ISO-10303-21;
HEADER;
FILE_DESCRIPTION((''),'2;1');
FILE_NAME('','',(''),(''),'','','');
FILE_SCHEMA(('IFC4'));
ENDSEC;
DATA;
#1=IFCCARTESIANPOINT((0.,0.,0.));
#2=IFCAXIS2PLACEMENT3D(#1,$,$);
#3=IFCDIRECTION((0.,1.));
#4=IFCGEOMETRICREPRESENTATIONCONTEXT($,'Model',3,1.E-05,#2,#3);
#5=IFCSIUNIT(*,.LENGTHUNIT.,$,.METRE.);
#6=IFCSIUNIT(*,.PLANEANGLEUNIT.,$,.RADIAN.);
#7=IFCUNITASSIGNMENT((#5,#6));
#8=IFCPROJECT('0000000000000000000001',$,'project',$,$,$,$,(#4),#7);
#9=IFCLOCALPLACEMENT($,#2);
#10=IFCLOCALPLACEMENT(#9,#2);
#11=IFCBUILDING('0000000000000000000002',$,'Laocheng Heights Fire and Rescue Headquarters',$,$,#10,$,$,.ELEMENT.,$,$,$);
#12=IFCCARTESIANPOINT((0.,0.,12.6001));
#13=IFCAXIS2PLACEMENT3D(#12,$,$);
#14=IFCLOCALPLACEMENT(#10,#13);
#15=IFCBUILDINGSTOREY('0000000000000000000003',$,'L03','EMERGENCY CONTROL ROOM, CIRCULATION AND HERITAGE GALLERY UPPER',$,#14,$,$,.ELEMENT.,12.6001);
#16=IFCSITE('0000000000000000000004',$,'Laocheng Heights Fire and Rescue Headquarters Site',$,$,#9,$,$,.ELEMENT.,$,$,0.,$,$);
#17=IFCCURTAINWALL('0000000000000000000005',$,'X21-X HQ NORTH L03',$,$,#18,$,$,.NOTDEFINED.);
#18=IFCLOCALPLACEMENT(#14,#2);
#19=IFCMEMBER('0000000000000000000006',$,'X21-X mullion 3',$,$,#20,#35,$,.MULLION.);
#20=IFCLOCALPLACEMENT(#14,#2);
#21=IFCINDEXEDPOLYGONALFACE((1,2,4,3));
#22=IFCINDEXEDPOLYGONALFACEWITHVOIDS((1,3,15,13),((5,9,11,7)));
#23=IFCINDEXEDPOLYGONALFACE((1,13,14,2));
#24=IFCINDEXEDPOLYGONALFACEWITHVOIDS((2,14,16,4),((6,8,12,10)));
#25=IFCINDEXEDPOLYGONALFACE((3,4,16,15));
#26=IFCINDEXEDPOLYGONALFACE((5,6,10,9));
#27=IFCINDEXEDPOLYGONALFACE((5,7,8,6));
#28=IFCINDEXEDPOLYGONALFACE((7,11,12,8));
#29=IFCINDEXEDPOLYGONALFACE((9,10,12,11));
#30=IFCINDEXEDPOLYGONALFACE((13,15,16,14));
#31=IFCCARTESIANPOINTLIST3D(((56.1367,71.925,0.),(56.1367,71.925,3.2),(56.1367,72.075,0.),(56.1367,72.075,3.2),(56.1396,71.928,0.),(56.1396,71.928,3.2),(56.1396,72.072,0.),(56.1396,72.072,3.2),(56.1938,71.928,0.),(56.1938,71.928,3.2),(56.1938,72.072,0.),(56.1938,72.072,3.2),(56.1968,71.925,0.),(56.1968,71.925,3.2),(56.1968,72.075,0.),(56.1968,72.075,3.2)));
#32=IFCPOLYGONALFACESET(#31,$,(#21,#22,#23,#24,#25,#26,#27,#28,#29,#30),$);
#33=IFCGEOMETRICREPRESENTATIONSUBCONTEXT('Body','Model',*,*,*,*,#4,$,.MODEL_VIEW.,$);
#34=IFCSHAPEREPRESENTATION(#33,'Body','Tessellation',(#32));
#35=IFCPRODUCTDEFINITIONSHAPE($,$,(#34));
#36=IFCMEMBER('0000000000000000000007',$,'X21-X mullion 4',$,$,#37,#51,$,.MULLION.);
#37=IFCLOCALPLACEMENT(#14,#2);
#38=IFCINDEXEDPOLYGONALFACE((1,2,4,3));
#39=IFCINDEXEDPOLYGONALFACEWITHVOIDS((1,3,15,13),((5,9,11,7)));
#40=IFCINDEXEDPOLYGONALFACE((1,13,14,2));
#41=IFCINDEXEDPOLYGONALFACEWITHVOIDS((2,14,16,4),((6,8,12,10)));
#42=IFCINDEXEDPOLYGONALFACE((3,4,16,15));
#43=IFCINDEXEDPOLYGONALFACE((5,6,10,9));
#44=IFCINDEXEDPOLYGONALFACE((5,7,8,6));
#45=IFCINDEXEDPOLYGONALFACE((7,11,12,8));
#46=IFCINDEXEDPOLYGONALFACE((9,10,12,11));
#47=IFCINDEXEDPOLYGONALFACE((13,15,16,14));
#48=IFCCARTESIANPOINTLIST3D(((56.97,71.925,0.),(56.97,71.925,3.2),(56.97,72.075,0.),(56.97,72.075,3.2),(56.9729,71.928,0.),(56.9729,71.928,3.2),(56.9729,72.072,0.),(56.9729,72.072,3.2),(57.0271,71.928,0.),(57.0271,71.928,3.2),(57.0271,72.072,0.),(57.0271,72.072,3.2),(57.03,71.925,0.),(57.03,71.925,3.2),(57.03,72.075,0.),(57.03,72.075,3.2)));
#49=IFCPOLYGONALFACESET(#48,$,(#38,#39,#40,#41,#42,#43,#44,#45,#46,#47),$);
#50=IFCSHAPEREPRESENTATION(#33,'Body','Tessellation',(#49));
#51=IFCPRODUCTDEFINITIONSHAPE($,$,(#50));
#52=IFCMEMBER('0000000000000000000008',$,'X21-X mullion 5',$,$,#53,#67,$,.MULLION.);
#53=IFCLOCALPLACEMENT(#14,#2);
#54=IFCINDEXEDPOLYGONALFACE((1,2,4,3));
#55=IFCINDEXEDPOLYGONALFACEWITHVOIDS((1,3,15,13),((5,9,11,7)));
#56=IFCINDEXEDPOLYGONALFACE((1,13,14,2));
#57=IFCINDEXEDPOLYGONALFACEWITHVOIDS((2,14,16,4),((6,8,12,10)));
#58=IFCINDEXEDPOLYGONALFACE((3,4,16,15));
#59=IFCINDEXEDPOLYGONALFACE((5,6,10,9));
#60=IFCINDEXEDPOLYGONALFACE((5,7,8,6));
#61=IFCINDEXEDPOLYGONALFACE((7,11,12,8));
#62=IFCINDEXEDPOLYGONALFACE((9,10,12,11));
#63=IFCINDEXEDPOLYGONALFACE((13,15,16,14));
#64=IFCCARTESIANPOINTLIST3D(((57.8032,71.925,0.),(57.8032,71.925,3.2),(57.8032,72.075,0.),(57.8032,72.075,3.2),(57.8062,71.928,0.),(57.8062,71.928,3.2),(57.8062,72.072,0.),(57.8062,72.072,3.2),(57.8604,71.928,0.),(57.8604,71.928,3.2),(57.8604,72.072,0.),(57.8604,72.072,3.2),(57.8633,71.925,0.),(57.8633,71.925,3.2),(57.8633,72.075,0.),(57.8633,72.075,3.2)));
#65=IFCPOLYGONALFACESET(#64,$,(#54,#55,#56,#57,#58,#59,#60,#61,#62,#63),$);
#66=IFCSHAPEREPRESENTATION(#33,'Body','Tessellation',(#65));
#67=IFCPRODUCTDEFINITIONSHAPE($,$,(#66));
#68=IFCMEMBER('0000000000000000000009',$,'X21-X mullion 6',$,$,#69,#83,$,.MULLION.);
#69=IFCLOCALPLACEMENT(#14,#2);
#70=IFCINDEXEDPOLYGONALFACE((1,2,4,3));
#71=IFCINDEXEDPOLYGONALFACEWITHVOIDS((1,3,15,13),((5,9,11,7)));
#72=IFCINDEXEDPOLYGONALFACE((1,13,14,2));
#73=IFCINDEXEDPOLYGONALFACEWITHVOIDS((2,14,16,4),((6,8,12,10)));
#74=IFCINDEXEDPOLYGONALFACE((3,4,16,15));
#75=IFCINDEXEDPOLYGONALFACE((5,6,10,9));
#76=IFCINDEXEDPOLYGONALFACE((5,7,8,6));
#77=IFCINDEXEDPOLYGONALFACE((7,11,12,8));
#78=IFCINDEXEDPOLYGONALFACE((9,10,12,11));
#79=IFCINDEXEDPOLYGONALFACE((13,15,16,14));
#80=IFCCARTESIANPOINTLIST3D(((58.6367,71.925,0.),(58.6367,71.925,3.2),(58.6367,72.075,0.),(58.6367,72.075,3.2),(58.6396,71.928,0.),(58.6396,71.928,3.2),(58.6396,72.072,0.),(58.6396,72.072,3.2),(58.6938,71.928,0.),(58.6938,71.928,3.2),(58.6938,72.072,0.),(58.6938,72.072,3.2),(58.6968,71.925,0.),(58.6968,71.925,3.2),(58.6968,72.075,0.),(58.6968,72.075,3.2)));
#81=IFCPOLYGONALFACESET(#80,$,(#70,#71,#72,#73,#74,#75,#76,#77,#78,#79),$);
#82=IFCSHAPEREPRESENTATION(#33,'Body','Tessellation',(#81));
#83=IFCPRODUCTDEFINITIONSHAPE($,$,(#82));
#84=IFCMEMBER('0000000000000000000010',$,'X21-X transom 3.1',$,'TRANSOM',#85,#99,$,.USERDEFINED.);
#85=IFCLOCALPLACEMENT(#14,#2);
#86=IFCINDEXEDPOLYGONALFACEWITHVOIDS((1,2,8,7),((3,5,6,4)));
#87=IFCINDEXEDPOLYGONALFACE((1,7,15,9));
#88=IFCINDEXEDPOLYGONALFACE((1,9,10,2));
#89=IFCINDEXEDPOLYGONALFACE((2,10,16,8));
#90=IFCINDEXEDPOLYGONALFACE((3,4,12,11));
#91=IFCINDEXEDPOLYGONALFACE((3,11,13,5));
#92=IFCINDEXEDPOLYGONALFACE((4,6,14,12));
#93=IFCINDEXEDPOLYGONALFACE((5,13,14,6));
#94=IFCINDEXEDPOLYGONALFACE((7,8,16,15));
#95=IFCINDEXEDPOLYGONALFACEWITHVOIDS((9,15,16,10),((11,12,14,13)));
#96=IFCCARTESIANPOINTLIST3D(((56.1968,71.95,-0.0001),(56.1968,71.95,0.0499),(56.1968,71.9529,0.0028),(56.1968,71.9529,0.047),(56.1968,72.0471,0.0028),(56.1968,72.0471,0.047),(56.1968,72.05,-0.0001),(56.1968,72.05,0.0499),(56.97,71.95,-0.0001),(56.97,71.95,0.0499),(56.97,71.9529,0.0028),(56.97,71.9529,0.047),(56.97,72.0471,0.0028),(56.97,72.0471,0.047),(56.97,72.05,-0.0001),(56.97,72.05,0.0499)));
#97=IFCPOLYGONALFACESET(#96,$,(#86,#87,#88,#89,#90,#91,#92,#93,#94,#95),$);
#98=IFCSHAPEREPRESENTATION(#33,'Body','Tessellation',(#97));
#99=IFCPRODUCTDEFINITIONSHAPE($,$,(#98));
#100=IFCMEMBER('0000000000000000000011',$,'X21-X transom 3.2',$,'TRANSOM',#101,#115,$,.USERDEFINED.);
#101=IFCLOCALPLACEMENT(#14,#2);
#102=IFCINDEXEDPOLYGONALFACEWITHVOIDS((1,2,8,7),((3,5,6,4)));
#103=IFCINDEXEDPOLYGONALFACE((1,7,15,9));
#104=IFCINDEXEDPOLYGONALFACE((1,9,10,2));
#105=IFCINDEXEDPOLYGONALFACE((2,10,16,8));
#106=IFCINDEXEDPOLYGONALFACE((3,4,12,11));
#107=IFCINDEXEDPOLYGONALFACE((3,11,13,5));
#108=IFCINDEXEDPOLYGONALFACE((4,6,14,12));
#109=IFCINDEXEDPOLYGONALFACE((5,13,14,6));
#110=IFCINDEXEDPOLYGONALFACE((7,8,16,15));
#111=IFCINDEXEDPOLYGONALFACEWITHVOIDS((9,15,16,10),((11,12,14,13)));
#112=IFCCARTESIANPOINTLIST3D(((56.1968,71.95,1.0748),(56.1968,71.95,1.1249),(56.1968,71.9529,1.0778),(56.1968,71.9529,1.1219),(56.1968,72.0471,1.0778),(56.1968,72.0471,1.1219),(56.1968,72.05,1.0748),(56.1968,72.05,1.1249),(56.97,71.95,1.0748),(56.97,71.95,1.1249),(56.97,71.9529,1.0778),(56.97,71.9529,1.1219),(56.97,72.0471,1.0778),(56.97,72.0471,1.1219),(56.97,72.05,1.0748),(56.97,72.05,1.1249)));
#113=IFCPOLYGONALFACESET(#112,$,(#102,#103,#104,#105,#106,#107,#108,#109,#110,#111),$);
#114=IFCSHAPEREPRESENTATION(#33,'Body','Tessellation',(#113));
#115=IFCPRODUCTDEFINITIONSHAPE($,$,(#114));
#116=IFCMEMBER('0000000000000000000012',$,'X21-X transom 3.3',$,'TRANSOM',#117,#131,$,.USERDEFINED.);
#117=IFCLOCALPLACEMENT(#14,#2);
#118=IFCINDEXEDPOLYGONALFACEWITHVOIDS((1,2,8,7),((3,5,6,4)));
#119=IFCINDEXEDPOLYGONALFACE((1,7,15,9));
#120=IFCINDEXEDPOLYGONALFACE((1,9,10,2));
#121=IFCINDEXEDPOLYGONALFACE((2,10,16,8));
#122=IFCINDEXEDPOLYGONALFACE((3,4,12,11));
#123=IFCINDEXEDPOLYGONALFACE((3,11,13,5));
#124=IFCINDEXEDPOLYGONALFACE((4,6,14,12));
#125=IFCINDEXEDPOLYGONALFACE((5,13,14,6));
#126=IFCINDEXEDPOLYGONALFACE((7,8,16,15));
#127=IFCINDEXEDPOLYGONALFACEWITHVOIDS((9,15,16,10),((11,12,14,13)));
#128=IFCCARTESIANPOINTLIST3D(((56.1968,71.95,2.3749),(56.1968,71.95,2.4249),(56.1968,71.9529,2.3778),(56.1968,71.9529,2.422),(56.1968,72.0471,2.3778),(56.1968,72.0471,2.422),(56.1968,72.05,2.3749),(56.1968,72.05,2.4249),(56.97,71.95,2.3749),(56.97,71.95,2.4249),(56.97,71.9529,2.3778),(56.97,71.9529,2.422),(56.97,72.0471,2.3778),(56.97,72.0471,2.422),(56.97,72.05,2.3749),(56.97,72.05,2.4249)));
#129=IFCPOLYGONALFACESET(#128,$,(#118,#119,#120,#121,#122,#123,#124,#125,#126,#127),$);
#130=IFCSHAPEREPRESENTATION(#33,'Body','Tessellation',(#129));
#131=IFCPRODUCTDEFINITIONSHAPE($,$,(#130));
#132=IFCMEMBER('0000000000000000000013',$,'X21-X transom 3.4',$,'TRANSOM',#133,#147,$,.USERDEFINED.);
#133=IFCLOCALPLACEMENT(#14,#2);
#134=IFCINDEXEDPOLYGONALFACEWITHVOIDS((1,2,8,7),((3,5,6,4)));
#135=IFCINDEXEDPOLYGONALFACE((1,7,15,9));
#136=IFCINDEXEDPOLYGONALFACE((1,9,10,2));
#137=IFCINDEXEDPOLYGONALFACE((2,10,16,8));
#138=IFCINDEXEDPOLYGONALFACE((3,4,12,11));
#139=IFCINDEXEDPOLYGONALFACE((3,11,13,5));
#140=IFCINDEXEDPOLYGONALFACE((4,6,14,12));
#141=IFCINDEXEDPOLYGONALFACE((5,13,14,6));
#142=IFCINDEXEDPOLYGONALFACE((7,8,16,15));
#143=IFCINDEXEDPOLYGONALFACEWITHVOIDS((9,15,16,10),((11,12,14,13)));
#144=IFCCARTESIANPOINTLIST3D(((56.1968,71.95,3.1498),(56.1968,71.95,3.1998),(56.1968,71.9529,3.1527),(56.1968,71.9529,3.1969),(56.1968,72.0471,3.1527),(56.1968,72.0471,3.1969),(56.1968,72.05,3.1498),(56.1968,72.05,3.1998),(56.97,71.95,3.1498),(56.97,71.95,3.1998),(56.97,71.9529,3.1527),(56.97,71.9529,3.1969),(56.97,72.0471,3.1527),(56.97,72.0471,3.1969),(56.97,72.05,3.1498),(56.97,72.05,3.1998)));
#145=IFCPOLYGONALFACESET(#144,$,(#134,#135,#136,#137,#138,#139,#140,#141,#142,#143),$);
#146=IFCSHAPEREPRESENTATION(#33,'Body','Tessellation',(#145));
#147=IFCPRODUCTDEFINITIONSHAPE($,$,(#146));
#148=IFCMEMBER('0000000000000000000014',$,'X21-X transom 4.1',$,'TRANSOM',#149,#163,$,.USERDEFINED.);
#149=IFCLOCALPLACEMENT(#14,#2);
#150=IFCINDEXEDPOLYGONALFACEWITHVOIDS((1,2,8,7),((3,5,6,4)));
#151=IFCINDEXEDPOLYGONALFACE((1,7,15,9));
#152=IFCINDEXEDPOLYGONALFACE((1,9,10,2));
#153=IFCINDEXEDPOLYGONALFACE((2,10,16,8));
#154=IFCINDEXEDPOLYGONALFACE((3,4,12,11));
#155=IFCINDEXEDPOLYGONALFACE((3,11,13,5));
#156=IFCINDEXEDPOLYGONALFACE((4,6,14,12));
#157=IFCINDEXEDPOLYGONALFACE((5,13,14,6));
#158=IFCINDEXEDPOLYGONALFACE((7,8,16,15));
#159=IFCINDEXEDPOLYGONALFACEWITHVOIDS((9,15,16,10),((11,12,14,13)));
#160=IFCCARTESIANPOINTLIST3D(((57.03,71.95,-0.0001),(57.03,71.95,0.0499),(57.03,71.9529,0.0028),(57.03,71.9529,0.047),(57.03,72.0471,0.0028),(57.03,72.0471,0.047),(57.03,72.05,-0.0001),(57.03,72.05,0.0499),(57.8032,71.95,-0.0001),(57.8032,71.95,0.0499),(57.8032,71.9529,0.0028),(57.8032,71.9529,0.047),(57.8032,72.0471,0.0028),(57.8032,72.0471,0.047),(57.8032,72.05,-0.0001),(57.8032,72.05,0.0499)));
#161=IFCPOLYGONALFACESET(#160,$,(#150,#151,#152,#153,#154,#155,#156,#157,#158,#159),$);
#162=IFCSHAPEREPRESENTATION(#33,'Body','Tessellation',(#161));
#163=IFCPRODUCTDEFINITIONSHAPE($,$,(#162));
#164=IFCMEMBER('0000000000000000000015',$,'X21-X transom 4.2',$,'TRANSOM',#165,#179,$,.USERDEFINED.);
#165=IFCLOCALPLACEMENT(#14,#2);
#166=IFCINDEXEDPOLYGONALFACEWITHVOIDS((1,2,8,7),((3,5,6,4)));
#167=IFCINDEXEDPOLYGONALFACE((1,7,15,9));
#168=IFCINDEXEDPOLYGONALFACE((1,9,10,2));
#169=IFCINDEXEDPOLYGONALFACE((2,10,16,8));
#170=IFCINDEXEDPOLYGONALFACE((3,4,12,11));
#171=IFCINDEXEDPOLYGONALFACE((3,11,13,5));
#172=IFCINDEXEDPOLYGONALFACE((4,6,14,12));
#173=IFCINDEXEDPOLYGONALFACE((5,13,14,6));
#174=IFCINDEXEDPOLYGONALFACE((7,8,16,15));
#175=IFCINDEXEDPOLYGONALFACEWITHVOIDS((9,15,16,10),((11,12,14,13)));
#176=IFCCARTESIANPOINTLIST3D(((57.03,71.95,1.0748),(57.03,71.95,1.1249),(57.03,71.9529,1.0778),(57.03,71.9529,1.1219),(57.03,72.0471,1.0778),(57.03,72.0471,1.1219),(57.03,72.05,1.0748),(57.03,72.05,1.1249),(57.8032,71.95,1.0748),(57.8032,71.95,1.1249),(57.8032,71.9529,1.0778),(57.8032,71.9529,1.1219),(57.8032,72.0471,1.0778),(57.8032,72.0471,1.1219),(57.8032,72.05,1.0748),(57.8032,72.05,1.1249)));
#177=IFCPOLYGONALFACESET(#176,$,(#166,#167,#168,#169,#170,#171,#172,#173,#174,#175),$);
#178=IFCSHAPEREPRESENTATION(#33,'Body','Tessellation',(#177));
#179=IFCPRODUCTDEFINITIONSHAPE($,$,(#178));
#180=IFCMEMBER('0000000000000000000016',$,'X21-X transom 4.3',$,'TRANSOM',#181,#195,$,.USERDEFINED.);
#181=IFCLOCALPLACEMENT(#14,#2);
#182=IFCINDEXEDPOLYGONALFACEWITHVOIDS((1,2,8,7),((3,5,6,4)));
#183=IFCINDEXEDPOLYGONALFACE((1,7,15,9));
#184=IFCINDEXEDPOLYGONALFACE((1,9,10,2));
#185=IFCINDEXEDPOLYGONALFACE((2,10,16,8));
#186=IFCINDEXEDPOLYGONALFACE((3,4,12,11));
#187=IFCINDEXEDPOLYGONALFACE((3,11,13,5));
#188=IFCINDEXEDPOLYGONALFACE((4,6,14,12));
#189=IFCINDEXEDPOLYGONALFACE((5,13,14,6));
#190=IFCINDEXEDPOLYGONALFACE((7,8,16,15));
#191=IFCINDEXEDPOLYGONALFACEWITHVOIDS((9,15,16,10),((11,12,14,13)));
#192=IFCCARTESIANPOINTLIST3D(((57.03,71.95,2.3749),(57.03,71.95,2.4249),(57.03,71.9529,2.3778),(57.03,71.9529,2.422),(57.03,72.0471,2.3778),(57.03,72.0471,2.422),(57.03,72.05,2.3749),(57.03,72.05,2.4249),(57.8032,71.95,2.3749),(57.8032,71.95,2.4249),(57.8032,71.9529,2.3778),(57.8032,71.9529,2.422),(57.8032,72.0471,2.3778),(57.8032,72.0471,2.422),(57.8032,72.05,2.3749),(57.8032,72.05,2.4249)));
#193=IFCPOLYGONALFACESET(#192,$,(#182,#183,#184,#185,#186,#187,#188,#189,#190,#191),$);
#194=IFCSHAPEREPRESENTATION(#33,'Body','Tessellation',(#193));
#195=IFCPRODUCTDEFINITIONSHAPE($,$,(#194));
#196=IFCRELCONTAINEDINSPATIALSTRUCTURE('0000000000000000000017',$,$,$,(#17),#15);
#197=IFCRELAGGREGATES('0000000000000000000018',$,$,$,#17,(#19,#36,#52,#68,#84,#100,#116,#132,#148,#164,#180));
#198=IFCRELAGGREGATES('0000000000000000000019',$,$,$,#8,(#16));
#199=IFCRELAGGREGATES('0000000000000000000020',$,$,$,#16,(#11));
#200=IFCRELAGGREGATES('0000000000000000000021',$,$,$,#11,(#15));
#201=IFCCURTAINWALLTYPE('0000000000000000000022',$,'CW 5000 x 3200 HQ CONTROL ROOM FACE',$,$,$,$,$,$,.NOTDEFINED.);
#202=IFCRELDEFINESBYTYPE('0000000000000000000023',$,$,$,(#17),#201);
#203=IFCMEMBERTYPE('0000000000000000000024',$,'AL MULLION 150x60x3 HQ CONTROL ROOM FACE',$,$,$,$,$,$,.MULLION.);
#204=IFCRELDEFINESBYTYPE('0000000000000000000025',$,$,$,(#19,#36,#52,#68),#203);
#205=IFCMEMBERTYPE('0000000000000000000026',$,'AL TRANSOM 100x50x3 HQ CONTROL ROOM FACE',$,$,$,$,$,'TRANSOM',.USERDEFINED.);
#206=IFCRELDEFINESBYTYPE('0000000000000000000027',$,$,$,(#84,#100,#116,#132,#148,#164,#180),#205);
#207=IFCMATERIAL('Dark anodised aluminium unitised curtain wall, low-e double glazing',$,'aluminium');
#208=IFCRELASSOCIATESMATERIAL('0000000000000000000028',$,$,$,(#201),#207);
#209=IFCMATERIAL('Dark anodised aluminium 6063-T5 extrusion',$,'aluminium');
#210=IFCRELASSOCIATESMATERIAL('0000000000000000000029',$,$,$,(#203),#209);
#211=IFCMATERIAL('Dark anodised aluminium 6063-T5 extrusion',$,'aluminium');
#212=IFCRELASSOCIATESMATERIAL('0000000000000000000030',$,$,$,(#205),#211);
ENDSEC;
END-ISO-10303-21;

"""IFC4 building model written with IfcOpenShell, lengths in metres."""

from ifc_helpers import new_model, si_unit, direction, frame, origin, origin_2d, place, context, subcontext, project, spatial, hollow_rectangle, extrude, material, material_profile, profile_set, type_object, element, aggregate, save


model = new_model("IFC4")

# Units and contexts
model_context = context("Model", 3, precision=1e-05, world=origin(), true_north=direction((0.0, 1.0)))
body_context = subcontext(model_context, "Body", "Model", "MODEL_VIEW")
ifc_project = project(units=[si_unit("LENGTHUNIT", "METRE"), si_unit("PLANEANGLEUNIT", "RADIAN")], contexts=[model_context])

# Site, building, storey
site_placement = place(None, origin())
site = spatial("IfcSite", under=ifc_project, at=site_placement, Name="Laocheng Heights Fire and Rescue Headquarters Site", CompositionType="ELEMENT", RefElevation=0.0)
building_placement = place(site_placement, origin())
building = spatial("IfcBuilding", under=site, at=building_placement, Name="Laocheng Heights Fire and Rescue Headquarters", CompositionType="ELEMENT")
storey_placement = place(building_placement, frame((0.0, 0.0, 12.6001)))
storey = spatial("IfcBuildingStorey", under=building, at=storey_placement, Name="L03", Description="EMERGENCY CONTROL ROOM, CIRCULATION AND HERITAGE GALLERY UPPER", CompositionType="ELEMENT", Elevation=12.6001)

# Curtain wall, members
ifc_material_1 = material(Name="Dark anodised aluminium unitised curtain wall, low-e double glazing", Category="aluminium")
curtain_wall_type = type_object("IfcCurtainWallType", Name="CW 5000 x 3200 HQ CONTROL ROOM FACE", PredefinedType="NOTDEFINED", material=ifc_material_1)
curtain_wall_placement = place(storey_placement, origin())
curtain_wall = element("IfcCurtainWall", 1, at=curtain_wall_placement, inside=storey, type_object=curtain_wall_type, Name="X21-X HQ NORTH L03", PredefinedType="NOTDEFINED")
ifc_material_2 = material(Name="Dark anodised aluminium 6063-T5 extrusion", Category="aluminium")
ifc_material_profile_1 = material_profile(ifc_material_2, hollow_rectangle(XDim=0.1499, YDim=0.0601, WallThickness=0.0029, at=origin_2d()), Name="AL MULLION 150x60x3 HQ CONTROL ROOM FACE")
ifc_profile_set_1 = profile_set([ifc_material_profile_1], Name="Dark anodised aluminium 6063-T5 extrusion")
member_type_1 = type_object("IfcMemberType", Name="AL MULLION 150x60x3 HQ CONTROL ROOM FACE", PredefinedType="MULLION", material=ifc_profile_set_1)
member_1_placement = place(storey_placement, frame((56.1667, 72.0, 0.0), z_axis=(0.0, 0.0, 1.0), x_axis=(0.0, 1.0, 0.0)))
member_1 = element("IfcMember", 2, at=member_1_placement, type_object=member_type_1, Name="X21-X mullion 3", PredefinedType="MULLION", context=body_context, shape_type="SweptSolid", body=[
    extrude(hollow_rectangle(XDim=0.1499, YDim=0.0601, WallThickness=0.0029, at=origin_2d()), origin(), (0.0, 0.0, 1.0), 3.2),
])
member_2_placement = place(storey_placement, frame((57.0, 72.0, 0.0), z_axis=(0.0, 0.0, 1.0), x_axis=(0.0, 1.0, 0.0)))
member_2 = element("IfcMember", 3, at=member_2_placement, type_object=member_type_1, Name="X21-X mullion 4", PredefinedType="MULLION", context=body_context, shape_type="SweptSolid", body=[
    extrude(hollow_rectangle(XDim=0.1499, YDim=0.0601, WallThickness=0.0029, at=origin_2d()), origin(), (0.0, 0.0, 1.0), 3.2),
])
member_3_placement = place(storey_placement, frame((57.8333, 72.0, 0.0), z_axis=(0.0, 0.0, 1.0), x_axis=(0.0, 1.0, 0.0)))
member_3 = element("IfcMember", 4, at=member_3_placement, type_object=member_type_1, Name="X21-X mullion 5", PredefinedType="MULLION", context=body_context, shape_type="SweptSolid", body=[
    extrude(hollow_rectangle(XDim=0.1499, YDim=0.0601, WallThickness=0.0029, at=origin_2d()), origin(), (0.0, 0.0, 1.0), 3.2),
])
member_4_placement = place(storey_placement, frame((58.6667, 72.0, 0.0), z_axis=(0.0, 0.0, 1.0), x_axis=(0.0, 1.0, 0.0)))
member_4 = element("IfcMember", 5, at=member_4_placement, type_object=member_type_1, Name="X21-X mullion 6", PredefinedType="MULLION", context=body_context, shape_type="SweptSolid", body=[
    extrude(hollow_rectangle(XDim=0.1499, YDim=0.0601, WallThickness=0.0029, at=origin_2d()), origin(), (0.0, 0.0, 1.0), 3.2),
])
ifc_material_3 = material(Name="Dark anodised aluminium 6063-T5 extrusion", Category="aluminium")
ifc_material_profile_2 = material_profile(ifc_material_3, hollow_rectangle(XDim=0.1001, YDim=0.05, WallThickness=0.0029, at=origin_2d()), Name="AL TRANSOM 100x50x3 HQ CONTROL ROOM FACE")
ifc_profile_set_2 = profile_set([ifc_material_profile_2], Name="Dark anodised aluminium 6063-T5 extrusion")
member_type_2 = type_object("IfcMemberType", Name="AL TRANSOM 100x50x3 HQ CONTROL ROOM FACE", ElementType="TRANSOM", PredefinedType="USERDEFINED", material=ifc_profile_set_2)
member_5_placement = place(storey_placement, frame((56.1968, 72.0, 0.0249), z_axis=(1.0, 0.0, 0.0), x_axis=(0.0, 1.0, 0.0)))
member_5 = element("IfcMember", 6, at=member_5_placement, type_object=member_type_2, Name="X21-X transom 3.1", ObjectType="TRANSOM", PredefinedType="USERDEFINED", context=body_context, shape_type="SweptSolid", body=[
    extrude(hollow_rectangle(XDim=0.1001, YDim=0.05, WallThickness=0.0029, at=origin_2d()), origin(), (0.0, 0.0, 1.0), 0.7732),
])
member_6_placement = place(storey_placement, frame((56.1968, 72.0, 1.0999), z_axis=(1.0, 0.0, 0.0), x_axis=(0.0, 1.0, 0.0)))
member_6 = element("IfcMember", 7, at=member_6_placement, type_object=member_type_2, Name="X21-X transom 3.2", ObjectType="TRANSOM", PredefinedType="USERDEFINED", context=body_context, shape_type="SweptSolid", body=[
    extrude(hollow_rectangle(XDim=0.1001, YDim=0.05, WallThickness=0.0029, at=origin_2d()), origin(), (0.0, 0.0, 1.0), 0.7732),
])
member_7_placement = place(storey_placement, frame((56.1968, 72.0, 2.3999), z_axis=(1.0, 0.0, 0.0), x_axis=(0.0, 1.0, 0.0)))
member_7 = element("IfcMember", 8, at=member_7_placement, type_object=member_type_2, Name="X21-X transom 3.3", ObjectType="TRANSOM", PredefinedType="USERDEFINED", context=body_context, shape_type="SweptSolid", body=[
    extrude(hollow_rectangle(XDim=0.1001, YDim=0.05, WallThickness=0.0029, at=origin_2d()), origin(), (0.0, 0.0, 1.0), 0.7732),
])
member_8_placement = place(storey_placement, frame((56.1968, 72.0, 3.1748), z_axis=(1.0, 0.0, 0.0), x_axis=(0.0, 1.0, 0.0)))
member_8 = element("IfcMember", 9, at=member_8_placement, type_object=member_type_2, Name="X21-X transom 3.4", ObjectType="TRANSOM", PredefinedType="USERDEFINED", context=body_context, shape_type="SweptSolid", body=[
    extrude(hollow_rectangle(XDim=0.1001, YDim=0.05, WallThickness=0.0029, at=origin_2d()), origin(), (0.0, 0.0, 1.0), 0.7732),
])
member_9_placement = place(storey_placement, frame((57.03, 72.0, 0.0249), z_axis=(1.0, 0.0, 0.0), x_axis=(0.0, 1.0, 0.0)))
member_9 = element("IfcMember", 10, at=member_9_placement, type_object=member_type_2, Name="X21-X transom 4.1", ObjectType="TRANSOM", PredefinedType="USERDEFINED", context=body_context, shape_type="SweptSolid", body=[
    extrude(hollow_rectangle(XDim=0.1001, YDim=0.05, WallThickness=0.0029, at=origin_2d()), origin(), (0.0, 0.0, 1.0), 0.7732),
])
member_10_placement = place(storey_placement, frame((57.03, 72.0, 1.0999), z_axis=(1.0, 0.0, 0.0), x_axis=(0.0, 1.0, 0.0)))
member_10 = element("IfcMember", 11, at=member_10_placement, type_object=member_type_2, Name="X21-X transom 4.2", ObjectType="TRANSOM", PredefinedType="USERDEFINED", context=body_context, shape_type="SweptSolid", body=[
    extrude(hollow_rectangle(XDim=0.1001, YDim=0.05, WallThickness=0.0029, at=origin_2d()), origin(), (0.0, 0.0, 1.0), 0.7732),
])
member_11_placement = place(storey_placement, frame((57.03, 72.0, 2.3999), z_axis=(1.0, 0.0, 0.0), x_axis=(0.0, 1.0, 0.0)))
member_11 = element("IfcMember", 12, at=member_11_placement, type_object=member_type_2, Name="X21-X transom 4.3", ObjectType="TRANSOM", PredefinedType="USERDEFINED", context=body_context, shape_type="SweptSolid", body=[
    extrude(hollow_rectangle(XDim=0.1001, YDim=0.05, WallThickness=0.0029, at=origin_2d()), origin(), (0.0, 0.0, 1.0), 0.7732),
])
aggregate(curtain_wall, [member_1, member_2, member_3, member_4, member_5, member_6, member_7, member_8, member_9, member_10, member_11])

save(model, "model.ifc")
